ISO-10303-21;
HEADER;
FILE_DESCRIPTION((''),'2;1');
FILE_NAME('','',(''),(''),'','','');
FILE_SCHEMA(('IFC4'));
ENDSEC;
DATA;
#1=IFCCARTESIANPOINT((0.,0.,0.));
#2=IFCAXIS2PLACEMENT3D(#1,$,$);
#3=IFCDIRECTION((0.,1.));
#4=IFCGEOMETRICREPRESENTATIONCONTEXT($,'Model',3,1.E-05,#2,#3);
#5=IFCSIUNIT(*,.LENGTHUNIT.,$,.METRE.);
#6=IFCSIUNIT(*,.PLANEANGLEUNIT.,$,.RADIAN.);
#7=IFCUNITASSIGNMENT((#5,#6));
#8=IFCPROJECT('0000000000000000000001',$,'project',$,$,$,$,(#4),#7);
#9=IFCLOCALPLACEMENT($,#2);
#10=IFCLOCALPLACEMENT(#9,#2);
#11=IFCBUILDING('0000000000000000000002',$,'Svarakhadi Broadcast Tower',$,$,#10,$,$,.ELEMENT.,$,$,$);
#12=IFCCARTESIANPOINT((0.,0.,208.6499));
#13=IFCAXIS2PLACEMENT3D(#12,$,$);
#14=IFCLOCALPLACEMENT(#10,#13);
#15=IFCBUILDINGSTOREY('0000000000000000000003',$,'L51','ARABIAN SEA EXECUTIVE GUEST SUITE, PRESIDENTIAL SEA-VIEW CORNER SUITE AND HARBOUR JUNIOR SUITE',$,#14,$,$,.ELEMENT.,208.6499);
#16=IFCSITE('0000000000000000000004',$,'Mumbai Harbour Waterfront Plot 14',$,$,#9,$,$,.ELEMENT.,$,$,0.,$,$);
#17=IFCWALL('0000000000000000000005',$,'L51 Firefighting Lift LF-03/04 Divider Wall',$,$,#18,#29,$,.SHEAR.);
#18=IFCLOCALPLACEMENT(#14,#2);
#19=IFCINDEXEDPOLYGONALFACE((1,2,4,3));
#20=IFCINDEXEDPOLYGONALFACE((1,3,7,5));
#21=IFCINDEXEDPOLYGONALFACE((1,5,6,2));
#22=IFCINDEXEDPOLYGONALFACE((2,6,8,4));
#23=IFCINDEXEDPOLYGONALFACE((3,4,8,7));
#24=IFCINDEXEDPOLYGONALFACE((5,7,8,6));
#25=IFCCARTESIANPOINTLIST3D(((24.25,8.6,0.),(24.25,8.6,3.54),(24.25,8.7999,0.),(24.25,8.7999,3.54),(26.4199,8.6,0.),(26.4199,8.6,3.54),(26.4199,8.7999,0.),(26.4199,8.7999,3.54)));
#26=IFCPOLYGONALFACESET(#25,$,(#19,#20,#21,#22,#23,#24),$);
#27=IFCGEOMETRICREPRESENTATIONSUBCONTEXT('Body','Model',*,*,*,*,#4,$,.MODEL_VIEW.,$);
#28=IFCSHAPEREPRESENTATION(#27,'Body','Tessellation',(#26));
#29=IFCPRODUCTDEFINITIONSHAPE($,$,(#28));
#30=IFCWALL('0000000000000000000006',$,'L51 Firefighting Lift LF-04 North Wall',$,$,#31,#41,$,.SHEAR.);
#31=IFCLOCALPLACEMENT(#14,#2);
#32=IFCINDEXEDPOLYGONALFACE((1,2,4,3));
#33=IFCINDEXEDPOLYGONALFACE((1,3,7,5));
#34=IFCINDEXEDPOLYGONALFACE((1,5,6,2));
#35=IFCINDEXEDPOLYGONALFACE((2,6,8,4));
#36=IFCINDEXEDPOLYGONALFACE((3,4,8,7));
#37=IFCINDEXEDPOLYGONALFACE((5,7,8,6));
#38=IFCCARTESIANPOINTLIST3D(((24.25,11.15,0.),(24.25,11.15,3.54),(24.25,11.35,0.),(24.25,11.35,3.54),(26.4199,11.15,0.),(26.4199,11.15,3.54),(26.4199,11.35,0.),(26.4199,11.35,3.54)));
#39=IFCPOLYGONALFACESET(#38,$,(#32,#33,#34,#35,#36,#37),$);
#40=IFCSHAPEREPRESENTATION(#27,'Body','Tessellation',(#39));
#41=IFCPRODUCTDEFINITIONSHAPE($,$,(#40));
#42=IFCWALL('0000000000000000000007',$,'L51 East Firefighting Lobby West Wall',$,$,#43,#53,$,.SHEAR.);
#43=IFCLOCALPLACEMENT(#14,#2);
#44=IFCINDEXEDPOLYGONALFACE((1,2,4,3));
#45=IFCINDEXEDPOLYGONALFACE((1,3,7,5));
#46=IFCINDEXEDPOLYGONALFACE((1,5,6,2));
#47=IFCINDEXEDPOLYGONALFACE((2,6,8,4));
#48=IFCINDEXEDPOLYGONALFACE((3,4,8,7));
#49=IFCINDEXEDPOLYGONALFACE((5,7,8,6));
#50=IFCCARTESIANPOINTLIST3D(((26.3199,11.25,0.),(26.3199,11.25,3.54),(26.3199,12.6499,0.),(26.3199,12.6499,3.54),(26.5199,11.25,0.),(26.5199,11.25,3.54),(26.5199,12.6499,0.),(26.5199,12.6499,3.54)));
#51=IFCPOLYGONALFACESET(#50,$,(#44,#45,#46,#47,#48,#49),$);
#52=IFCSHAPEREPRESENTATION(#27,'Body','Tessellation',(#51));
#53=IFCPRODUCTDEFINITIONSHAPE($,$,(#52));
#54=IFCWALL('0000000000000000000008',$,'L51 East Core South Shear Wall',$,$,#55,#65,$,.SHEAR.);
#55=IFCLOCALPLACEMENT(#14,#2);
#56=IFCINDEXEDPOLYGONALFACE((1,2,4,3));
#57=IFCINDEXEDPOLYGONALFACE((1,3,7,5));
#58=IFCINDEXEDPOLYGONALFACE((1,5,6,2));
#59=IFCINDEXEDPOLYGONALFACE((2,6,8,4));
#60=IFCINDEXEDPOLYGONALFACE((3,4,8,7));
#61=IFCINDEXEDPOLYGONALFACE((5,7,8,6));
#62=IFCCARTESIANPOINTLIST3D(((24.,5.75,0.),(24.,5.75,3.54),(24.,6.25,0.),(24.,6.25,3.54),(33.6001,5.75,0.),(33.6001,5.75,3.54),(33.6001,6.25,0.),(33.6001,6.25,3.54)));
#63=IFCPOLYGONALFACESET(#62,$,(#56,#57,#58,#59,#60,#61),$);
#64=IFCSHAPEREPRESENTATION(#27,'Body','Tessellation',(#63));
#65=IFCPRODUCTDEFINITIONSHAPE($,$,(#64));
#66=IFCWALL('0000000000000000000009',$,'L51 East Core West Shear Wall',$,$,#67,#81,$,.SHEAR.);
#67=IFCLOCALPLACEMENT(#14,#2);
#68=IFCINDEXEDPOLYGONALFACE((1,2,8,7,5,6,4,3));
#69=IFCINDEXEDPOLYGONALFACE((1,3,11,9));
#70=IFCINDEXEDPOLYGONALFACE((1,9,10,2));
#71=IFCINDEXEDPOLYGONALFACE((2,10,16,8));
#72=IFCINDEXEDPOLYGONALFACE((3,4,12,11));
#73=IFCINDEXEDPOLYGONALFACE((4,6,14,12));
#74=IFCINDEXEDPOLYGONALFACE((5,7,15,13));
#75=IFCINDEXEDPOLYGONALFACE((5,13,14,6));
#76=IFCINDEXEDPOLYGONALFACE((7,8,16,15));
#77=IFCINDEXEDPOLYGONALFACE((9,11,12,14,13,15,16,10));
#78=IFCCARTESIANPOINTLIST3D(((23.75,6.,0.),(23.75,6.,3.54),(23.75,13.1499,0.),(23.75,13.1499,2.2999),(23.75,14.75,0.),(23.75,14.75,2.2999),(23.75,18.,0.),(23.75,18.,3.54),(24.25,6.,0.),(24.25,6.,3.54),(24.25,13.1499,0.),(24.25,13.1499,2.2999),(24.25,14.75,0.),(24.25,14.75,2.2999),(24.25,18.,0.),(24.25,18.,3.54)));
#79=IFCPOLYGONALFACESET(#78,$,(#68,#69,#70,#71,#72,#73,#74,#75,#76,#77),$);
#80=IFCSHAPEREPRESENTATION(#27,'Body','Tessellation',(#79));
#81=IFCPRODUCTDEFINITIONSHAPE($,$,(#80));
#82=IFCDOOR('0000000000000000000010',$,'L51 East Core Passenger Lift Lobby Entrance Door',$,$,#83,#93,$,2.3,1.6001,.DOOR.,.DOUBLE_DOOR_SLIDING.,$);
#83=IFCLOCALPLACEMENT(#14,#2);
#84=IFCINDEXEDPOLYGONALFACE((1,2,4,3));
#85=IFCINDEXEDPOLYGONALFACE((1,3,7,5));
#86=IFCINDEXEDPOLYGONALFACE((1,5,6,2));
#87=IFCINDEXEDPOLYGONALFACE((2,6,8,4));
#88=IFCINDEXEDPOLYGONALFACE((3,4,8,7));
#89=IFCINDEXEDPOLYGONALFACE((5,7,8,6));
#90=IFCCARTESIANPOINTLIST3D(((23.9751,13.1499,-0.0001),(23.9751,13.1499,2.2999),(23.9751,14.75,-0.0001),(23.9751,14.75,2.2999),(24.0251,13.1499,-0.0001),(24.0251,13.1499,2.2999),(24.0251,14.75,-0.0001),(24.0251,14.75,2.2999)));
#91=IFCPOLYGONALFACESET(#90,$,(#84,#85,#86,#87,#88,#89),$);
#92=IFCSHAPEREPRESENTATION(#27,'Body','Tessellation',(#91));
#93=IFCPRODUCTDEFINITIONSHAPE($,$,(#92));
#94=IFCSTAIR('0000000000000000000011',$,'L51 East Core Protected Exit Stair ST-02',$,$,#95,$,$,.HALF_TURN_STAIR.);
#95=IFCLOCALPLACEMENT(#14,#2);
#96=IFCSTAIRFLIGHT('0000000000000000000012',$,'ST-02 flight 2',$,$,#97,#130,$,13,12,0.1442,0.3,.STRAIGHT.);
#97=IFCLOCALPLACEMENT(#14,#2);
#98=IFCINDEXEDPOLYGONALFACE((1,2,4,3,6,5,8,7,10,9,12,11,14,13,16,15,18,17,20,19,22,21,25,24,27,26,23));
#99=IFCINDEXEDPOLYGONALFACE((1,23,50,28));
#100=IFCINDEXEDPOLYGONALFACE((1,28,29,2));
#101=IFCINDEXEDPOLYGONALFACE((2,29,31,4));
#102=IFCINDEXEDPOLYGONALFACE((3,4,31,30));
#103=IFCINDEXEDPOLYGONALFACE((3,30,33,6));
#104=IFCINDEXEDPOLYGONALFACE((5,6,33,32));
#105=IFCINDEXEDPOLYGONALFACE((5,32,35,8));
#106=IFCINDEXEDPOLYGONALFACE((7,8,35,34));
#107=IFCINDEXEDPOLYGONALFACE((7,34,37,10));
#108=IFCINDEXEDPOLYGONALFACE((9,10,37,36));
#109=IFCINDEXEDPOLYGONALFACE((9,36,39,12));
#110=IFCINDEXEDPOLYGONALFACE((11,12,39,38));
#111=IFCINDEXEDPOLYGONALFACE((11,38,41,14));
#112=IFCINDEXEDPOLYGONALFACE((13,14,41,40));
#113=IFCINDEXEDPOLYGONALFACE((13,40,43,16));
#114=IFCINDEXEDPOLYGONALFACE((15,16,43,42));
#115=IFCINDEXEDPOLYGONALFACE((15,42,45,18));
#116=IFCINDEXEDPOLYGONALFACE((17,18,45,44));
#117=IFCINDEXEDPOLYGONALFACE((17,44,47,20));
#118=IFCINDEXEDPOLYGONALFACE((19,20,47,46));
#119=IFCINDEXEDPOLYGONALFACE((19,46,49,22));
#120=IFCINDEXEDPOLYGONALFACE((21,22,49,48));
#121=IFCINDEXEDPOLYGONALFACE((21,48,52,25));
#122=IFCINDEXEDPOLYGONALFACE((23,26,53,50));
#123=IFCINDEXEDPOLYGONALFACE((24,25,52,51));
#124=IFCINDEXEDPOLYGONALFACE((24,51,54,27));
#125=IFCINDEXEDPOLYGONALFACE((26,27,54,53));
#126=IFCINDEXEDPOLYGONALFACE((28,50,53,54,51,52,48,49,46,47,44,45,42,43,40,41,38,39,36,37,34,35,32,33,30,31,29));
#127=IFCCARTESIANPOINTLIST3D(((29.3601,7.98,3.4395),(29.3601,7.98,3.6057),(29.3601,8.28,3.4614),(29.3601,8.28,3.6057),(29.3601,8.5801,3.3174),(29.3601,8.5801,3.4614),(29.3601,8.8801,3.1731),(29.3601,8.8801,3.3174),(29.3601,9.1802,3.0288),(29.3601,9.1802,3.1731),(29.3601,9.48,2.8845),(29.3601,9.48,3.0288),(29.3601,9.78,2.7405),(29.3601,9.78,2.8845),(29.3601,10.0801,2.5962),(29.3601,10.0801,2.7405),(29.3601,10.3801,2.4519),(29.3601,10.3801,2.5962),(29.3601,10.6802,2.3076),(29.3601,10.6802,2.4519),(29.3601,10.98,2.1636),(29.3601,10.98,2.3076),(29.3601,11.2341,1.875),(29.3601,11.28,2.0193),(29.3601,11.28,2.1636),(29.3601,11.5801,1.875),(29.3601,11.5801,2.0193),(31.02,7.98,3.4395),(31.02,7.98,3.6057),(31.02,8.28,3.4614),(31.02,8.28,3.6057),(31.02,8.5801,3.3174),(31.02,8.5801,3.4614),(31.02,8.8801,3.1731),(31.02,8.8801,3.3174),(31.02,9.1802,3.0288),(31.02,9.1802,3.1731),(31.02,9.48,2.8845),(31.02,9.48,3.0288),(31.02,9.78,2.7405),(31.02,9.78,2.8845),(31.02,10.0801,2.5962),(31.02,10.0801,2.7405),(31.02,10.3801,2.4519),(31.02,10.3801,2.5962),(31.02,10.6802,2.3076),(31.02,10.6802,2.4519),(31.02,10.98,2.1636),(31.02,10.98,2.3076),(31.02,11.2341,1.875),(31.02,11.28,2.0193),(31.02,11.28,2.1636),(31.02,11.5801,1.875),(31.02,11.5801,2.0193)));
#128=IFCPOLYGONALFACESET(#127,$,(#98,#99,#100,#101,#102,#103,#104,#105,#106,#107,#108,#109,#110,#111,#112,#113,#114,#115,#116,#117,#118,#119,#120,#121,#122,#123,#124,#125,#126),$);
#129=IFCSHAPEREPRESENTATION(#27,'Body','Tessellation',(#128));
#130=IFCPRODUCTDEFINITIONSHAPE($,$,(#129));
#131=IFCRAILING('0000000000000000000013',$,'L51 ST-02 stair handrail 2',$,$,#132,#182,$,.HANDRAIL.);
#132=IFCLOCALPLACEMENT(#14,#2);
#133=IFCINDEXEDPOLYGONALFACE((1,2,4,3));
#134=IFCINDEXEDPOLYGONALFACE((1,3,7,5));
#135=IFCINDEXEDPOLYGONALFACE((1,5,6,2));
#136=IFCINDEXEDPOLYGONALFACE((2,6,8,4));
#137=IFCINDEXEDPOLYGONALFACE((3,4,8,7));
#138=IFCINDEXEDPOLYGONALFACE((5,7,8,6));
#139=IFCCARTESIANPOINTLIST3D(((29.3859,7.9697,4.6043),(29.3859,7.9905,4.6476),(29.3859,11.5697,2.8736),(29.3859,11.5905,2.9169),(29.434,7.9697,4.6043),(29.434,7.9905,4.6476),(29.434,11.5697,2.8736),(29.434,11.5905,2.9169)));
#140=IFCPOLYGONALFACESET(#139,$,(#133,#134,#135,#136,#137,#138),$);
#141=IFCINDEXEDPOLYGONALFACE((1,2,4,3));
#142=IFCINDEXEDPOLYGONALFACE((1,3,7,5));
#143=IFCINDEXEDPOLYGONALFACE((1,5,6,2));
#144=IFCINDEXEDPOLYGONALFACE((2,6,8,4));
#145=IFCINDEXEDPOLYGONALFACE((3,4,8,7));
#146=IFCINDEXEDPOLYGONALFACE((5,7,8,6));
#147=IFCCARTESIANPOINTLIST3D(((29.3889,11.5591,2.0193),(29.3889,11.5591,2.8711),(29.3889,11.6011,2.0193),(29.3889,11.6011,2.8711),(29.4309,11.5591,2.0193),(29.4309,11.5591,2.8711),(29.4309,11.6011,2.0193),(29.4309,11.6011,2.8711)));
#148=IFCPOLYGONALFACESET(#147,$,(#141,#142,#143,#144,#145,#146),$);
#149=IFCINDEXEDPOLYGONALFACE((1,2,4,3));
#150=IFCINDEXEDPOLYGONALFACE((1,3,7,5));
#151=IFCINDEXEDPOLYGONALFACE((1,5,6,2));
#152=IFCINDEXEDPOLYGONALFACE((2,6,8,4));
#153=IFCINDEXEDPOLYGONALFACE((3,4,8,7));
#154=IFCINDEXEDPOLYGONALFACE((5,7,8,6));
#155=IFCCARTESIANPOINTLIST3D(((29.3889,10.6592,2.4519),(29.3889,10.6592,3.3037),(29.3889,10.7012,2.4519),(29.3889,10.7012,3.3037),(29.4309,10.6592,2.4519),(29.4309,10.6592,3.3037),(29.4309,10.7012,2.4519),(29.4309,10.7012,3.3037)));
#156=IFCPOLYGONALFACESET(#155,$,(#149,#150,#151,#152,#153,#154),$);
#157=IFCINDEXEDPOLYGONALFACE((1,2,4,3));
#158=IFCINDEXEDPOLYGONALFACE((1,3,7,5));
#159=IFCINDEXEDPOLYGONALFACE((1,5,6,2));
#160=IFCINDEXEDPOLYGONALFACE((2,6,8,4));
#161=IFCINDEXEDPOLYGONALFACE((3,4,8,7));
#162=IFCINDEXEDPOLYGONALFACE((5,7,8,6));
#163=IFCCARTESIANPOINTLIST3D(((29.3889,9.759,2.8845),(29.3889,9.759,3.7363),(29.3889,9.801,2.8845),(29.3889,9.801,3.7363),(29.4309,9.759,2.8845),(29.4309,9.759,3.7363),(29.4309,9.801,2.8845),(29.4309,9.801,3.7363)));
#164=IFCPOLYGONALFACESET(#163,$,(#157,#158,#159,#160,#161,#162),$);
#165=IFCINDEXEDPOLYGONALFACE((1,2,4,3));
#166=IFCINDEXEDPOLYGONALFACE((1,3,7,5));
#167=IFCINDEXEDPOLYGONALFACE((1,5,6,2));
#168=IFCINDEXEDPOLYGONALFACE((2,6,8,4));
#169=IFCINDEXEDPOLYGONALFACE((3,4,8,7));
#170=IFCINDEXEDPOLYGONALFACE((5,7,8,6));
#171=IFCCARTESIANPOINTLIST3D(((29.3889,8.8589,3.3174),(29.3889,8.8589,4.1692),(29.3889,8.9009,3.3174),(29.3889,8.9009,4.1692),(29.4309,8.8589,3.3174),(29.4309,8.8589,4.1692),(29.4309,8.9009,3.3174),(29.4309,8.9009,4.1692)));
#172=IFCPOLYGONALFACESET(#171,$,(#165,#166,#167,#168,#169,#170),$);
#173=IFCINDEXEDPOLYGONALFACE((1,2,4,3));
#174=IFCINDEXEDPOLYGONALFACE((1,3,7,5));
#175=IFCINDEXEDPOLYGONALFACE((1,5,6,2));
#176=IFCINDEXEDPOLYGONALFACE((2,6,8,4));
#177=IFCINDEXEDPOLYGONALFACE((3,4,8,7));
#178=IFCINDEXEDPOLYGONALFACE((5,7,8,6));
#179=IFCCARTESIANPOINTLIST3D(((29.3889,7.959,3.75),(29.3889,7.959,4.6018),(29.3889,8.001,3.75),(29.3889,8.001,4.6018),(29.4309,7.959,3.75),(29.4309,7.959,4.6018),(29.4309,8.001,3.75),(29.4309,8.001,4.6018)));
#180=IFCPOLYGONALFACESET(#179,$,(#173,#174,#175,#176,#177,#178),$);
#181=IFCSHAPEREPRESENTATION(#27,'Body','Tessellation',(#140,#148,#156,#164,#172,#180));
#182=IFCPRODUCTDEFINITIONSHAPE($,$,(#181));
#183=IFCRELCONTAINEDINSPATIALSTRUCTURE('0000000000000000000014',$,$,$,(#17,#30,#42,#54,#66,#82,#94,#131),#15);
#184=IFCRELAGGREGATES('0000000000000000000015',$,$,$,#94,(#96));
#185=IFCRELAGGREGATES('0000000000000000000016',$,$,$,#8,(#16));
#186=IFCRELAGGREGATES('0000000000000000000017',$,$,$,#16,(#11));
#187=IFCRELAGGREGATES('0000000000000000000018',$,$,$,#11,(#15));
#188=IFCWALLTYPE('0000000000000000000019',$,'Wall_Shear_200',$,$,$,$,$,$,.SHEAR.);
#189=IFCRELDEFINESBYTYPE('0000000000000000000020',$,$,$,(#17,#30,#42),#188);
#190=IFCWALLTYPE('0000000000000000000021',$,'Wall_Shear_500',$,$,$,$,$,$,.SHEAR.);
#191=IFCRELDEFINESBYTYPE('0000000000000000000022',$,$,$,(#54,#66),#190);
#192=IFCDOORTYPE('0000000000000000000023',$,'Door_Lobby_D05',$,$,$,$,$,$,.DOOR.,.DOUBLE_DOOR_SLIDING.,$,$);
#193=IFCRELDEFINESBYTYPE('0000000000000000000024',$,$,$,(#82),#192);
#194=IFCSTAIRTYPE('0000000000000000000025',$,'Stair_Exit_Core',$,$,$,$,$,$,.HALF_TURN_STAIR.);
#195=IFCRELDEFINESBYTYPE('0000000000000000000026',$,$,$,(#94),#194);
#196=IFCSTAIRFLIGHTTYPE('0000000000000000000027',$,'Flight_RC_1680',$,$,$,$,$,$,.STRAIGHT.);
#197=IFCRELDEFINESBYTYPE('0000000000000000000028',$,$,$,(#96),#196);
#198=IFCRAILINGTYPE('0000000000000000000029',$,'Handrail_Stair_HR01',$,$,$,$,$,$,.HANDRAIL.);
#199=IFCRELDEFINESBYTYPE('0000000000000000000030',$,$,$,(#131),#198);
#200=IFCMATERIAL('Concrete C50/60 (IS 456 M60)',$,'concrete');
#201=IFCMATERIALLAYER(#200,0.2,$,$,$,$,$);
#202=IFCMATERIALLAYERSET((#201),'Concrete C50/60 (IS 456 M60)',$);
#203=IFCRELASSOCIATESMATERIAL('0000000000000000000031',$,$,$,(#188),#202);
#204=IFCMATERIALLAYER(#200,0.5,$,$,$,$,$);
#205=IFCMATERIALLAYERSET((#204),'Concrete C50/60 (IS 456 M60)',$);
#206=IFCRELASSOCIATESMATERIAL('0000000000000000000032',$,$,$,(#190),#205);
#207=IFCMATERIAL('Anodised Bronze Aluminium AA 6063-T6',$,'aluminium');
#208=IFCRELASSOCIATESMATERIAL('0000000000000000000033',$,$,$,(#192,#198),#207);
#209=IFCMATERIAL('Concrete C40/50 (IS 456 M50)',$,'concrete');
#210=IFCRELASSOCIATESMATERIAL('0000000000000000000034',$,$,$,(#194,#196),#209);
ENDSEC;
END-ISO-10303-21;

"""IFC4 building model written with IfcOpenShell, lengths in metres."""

from ifc_helpers import new_model, si_unit, direction, frame, frame_2d, origin, origin_2d, place, context, subcontext, project, spatial, polyline, rectangle, outline, extrude, material, layer, layer_set, type_object, element, fill, aggregate, save


model = new_model("IFC4")

# Units and contexts
model_context = context("Model", 3, precision=1e-05, world=origin(), true_north=direction((0.0, 1.0)))
body_context = subcontext(model_context, "Body", "Model", "MODEL_VIEW")
ifc_project = project(units=[si_unit("LENGTHUNIT", "METRE"), si_unit("PLANEANGLEUNIT", "RADIAN")], contexts=[model_context])

# Site, building, storey
site_placement = place(None, origin())
site = spatial("IfcSite", under=ifc_project, at=site_placement, Name="Mumbai Harbour Waterfront Plot 14", CompositionType="ELEMENT", RefElevation=0.0)
building_placement = place(site_placement, origin())
building = spatial("IfcBuilding", under=site, at=building_placement, Name="Svarakhadi Broadcast Tower", CompositionType="ELEMENT")
storey_placement = place(building_placement, frame((0.0, 0.0, 208.6499)))
storey = spatial("IfcBuildingStorey", under=building, at=storey_placement, Name="L51", Description="ARABIAN SEA EXECUTIVE GUEST SUITE, PRESIDENTIAL SEA-VIEW CORNER SUITE AND HARBOUR JUNIOR SUITE", CompositionType="ELEMENT", Elevation=208.6499)

# Shared definitions
ifc_material_1 = material(Name="Concrete C50/60 (IS 456 M60)", Category="concrete")

# Shared definitions
ifc_layer_1 = layer(ifc_material_1, 0.2)
ifc_layer_set_1 = layer_set([ifc_layer_1], Name="Concrete C50/60 (IS 456 M60)")
wall_type_1 = type_object("IfcWallType", Name="Wall_Shear_200", PredefinedType="SHEAR", material=ifc_layer_set_1)

# Walls
for number, where, z_axis, x_axis, name in (
    (1, (24.25, 8.7, 0.0), (0.0, 0.0, 1.0), (1.0, 0.0, 0.0), "L51 Firefighting Lift LF-03/04 Divider Wall"),
    (2, (24.25, 11.25, 0.0), (0.0, 0.0, 1.0), (1.0, 0.0, 0.0), "L51 Firefighting Lift LF-04 North Wall"),
):
    element("IfcWall", number, at=place(storey_placement, frame(where, z_axis=z_axis, x_axis=x_axis)), inside=storey, type_object=wall_type_1, Name=name, PredefinedType="SHEAR", context=body_context, shape_type="SweptSolid", body=[
        extrude(rectangle(XDim=2.1699, YDim=0.2, at=frame_2d((1.085, 0.0))), origin(), (0.0, 0.0, 1.0), 3.54),
    ])
wall_1_placement = place(storey_placement, frame((26.4199, 11.25, 0.0), z_axis=(0.0, 0.0, 1.0), x_axis=(0.0, 1.0, 0.0)))
element("IfcWall", 3, at=wall_1_placement, inside=storey, type_object=wall_type_1, Name="L51 East Firefighting Lobby West Wall", PredefinedType="SHEAR", context=body_context, shape_type="SweptSolid", body=[
    extrude(rectangle(XDim=1.3999, YDim=0.2, at=frame_2d((0.7, 0.0))), origin(), (0.0, 0.0, 1.0), 3.54),
])
ifc_layer_2 = layer(ifc_material_1, 0.5)
ifc_layer_set_2 = layer_set([ifc_layer_2], Name="Concrete C50/60 (IS 456 M60)")
wall_type_2 = type_object("IfcWallType", Name="Wall_Shear_500", PredefinedType="SHEAR", material=ifc_layer_set_2)
wall_2_placement = place(storey_placement, frame((24.0, 6.0, 0.0), z_axis=(0.0, 0.0, 1.0), x_axis=(1.0, 0.0, 0.0)))
element("IfcWall", 4, at=wall_2_placement, inside=storey, type_object=wall_type_2, Name="L51 East Core South Shear Wall", PredefinedType="SHEAR", context=body_context, shape_type="SweptSolid", body=[
    extrude(rectangle(XDim=9.6001, YDim=0.5, at=frame_2d((4.8, 0.0))), origin(), (0.0, 0.0, 1.0), 3.54),
])

# Wall, opening, door
wall_3_placement = place(storey_placement, frame((24.0, 6.0, 0.0), z_axis=(0.0, 0.0, 1.0), x_axis=(0.0, 1.0, 0.0)))
wall_3 = element("IfcWall", 5, at=wall_3_placement, inside=storey, type_object=wall_type_2, Name="L51 East Core West Shear Wall", PredefinedType="SHEAR", context=body_context, shape_type="SweptSolid", body=[
    extrude(rectangle(XDim=12.0, YDim=0.5, at=frame_2d((6.0, 0.0))), origin(), (0.0, 0.0, 1.0), 3.54),
])
opening_1_placement = place(wall_3_placement, frame((7.1499, 0.0, 0.0)))
opening_1 = element("IfcOpeningElement", 6, at=opening_1_placement, cuts=wall_3, PredefinedType="OPENING", context=body_context, shape_type="SweptSolid", body=[
    extrude(rectangle(XDim=1.6001, YDim=2.3, at=frame_2d((0.8, 1.1499))), frame((0.0, 0.26, 0.0), z_axis=(0.0, -1.0, 0.0), x_axis=(1.0, 0.0, 0.0)), (0.0, 0.0, 1.0), 0.52),
])
ifc_material_2 = material(Name="Anodised Bronze Aluminium AA 6063-T6", Category="aluminium")
door_type_1 = type_object("IfcDoorType", Name="Door_Lobby_D05", OperationType="DOUBLE_DOOR_SLIDING", PredefinedType="DOOR", material=ifc_material_2)
door_1_placement = place(opening_1_placement, origin())
door_1 = element("IfcDoor", 7, at=door_1_placement, inside=storey, type_object=door_type_1, Name="L51 East Core Passenger Lift Lobby Entrance Door", OperationType="DOUBLE_DOOR_SLIDING", OverallHeight=2.3, OverallWidth=1.6001, PredefinedType="DOOR", context=body_context, shape_type="SweptSolid", body=[
    extrude(rectangle(XDim=1.6001, YDim=2.3, at=frame_2d((0.8, 1.1499))), frame((0.0, 0.0249, 0.0), z_axis=(0.0, -1.0, 0.0), x_axis=(1.0, 0.0, 0.0)), (0.0, 0.0, 1.0), 0.05),
])
fill(opening_1, door_1)

# Stair, stair flight
ifc_material_3 = material(Name="Concrete C40/50 (IS 456 M50)", Category="concrete")
stair_type = type_object("IfcStairType", Name="Stair_Exit_Core", PredefinedType="HALF_TURN_STAIR", material=ifc_material_3)
stair_placement = place(storey_placement, origin())
stair = element("IfcStair", 8, at=stair_placement, inside=storey, type_object=stair_type, Name="L51 East Core Protected Exit Stair ST-02", PredefinedType="HALF_TURN_STAIR")
stair_flight_type = type_object("IfcStairFlightType", Name="Flight_RC_1680", PredefinedType="STRAIGHT", material=ifc_material_3)
stair_flight_placement = place(storey_placement, frame((30.1899, 11.5801, 1.875), z_axis=(0.0, 0.0, 1.0), x_axis=(0.0, -1.0, 0.0)))
stair_flight = element("IfcStairFlight", 9, at=stair_flight_placement, type_object=stair_flight_type, Name="ST-02 flight 2", NumberOfRisers=13, NumberOfTreads=12, PredefinedType="STRAIGHT", RiserHeight=0.1442, TreadLength=0.3, context=body_context, shape_type="SweptSolid", body=[
    extrude(outline(polyline([(0.0, 0.0), (0.0, 0.1443), (0.3, 0.1443), (0.3, 0.2886), (0.6001, 0.2886), (0.6001, 0.4326), (0.8999, 0.4326), (0.8999, 0.5769), (1.2, 0.5769), (1.2, 0.7212), (1.5, 0.7212), (1.5, 0.8655), (1.8, 0.8655), (1.8, 1.0095), (2.1001, 1.0095), (2.1001, 1.1538), (2.3999, 1.1538), (2.3999, 1.2981), (2.7, 1.2981), (2.7, 1.4424), (3.0, 1.4424), (3.0, 1.5864), (3.3, 1.5864), (3.3, 1.7307), (3.6001, 1.7307), (3.6001, 1.875), (3.6001, 1.5645), (0.3459, 0.0), (0.0, 0.0)])), frame((0.0, 0.8301, 0.0), z_axis=(0.0, -1.0, 0.0), x_axis=(1.0, 0.0, 0.0)), (0.0, 0.0, 1.0), 1.6599),
])
aggregate(stair, [stair_flight])

# Railing
railing_type = type_object("IfcRailingType", Name="Handrail_Stair_HR01", PredefinedType="HANDRAIL", material=ifc_material_2)
railing_placement = place(storey_placement, frame((29.4099, 11.5801, 2.0193)))
element("IfcRailing", 10, at=railing_placement, inside=storey, type_object=railing_type, Name="L51 ST-02 stair handrail 2", PredefinedType="HANDRAIL", context=body_context, shape_type="SweptSolid", body=[
    extrude(rectangle(XDim=0.0481, YDim=0.0481, at=origin_2d()), frame((0.0, 0.0, 0.876), z_axis=(0.0, -0.901263, 0.433273), x_axis=(1.0, 0.0, 0.0)), (0.0, 0.0, 1.0), 3.9944),
    extrude(rectangle(XDim=0.042, YDim=0.042, at=origin_2d()), origin(), (0.0, 0.0, 1.0), 0.8518),
    extrude(rectangle(XDim=0.042, YDim=0.042, at=origin_2d()), frame((0.0, -0.8999, 0.4326)), (0.0, 0.0, 1.0), 0.8518),
    extrude(rectangle(XDim=0.042, YDim=0.042, at=origin_2d()), frame((0.0, -1.8, 0.8652)), (0.0, 0.0, 1.0), 0.8518),
    extrude(rectangle(XDim=0.042, YDim=0.042, at=origin_2d()), frame((0.0, -2.7002, 1.2981)), (0.0, 0.0, 1.0), 0.8518),
    extrude(rectangle(XDim=0.042, YDim=0.042, at=origin_2d()), frame((0.0, -3.6001, 1.7307)), (0.0, 0.0, 1.0), 0.8518),
])

save(model, "model.ifc")
